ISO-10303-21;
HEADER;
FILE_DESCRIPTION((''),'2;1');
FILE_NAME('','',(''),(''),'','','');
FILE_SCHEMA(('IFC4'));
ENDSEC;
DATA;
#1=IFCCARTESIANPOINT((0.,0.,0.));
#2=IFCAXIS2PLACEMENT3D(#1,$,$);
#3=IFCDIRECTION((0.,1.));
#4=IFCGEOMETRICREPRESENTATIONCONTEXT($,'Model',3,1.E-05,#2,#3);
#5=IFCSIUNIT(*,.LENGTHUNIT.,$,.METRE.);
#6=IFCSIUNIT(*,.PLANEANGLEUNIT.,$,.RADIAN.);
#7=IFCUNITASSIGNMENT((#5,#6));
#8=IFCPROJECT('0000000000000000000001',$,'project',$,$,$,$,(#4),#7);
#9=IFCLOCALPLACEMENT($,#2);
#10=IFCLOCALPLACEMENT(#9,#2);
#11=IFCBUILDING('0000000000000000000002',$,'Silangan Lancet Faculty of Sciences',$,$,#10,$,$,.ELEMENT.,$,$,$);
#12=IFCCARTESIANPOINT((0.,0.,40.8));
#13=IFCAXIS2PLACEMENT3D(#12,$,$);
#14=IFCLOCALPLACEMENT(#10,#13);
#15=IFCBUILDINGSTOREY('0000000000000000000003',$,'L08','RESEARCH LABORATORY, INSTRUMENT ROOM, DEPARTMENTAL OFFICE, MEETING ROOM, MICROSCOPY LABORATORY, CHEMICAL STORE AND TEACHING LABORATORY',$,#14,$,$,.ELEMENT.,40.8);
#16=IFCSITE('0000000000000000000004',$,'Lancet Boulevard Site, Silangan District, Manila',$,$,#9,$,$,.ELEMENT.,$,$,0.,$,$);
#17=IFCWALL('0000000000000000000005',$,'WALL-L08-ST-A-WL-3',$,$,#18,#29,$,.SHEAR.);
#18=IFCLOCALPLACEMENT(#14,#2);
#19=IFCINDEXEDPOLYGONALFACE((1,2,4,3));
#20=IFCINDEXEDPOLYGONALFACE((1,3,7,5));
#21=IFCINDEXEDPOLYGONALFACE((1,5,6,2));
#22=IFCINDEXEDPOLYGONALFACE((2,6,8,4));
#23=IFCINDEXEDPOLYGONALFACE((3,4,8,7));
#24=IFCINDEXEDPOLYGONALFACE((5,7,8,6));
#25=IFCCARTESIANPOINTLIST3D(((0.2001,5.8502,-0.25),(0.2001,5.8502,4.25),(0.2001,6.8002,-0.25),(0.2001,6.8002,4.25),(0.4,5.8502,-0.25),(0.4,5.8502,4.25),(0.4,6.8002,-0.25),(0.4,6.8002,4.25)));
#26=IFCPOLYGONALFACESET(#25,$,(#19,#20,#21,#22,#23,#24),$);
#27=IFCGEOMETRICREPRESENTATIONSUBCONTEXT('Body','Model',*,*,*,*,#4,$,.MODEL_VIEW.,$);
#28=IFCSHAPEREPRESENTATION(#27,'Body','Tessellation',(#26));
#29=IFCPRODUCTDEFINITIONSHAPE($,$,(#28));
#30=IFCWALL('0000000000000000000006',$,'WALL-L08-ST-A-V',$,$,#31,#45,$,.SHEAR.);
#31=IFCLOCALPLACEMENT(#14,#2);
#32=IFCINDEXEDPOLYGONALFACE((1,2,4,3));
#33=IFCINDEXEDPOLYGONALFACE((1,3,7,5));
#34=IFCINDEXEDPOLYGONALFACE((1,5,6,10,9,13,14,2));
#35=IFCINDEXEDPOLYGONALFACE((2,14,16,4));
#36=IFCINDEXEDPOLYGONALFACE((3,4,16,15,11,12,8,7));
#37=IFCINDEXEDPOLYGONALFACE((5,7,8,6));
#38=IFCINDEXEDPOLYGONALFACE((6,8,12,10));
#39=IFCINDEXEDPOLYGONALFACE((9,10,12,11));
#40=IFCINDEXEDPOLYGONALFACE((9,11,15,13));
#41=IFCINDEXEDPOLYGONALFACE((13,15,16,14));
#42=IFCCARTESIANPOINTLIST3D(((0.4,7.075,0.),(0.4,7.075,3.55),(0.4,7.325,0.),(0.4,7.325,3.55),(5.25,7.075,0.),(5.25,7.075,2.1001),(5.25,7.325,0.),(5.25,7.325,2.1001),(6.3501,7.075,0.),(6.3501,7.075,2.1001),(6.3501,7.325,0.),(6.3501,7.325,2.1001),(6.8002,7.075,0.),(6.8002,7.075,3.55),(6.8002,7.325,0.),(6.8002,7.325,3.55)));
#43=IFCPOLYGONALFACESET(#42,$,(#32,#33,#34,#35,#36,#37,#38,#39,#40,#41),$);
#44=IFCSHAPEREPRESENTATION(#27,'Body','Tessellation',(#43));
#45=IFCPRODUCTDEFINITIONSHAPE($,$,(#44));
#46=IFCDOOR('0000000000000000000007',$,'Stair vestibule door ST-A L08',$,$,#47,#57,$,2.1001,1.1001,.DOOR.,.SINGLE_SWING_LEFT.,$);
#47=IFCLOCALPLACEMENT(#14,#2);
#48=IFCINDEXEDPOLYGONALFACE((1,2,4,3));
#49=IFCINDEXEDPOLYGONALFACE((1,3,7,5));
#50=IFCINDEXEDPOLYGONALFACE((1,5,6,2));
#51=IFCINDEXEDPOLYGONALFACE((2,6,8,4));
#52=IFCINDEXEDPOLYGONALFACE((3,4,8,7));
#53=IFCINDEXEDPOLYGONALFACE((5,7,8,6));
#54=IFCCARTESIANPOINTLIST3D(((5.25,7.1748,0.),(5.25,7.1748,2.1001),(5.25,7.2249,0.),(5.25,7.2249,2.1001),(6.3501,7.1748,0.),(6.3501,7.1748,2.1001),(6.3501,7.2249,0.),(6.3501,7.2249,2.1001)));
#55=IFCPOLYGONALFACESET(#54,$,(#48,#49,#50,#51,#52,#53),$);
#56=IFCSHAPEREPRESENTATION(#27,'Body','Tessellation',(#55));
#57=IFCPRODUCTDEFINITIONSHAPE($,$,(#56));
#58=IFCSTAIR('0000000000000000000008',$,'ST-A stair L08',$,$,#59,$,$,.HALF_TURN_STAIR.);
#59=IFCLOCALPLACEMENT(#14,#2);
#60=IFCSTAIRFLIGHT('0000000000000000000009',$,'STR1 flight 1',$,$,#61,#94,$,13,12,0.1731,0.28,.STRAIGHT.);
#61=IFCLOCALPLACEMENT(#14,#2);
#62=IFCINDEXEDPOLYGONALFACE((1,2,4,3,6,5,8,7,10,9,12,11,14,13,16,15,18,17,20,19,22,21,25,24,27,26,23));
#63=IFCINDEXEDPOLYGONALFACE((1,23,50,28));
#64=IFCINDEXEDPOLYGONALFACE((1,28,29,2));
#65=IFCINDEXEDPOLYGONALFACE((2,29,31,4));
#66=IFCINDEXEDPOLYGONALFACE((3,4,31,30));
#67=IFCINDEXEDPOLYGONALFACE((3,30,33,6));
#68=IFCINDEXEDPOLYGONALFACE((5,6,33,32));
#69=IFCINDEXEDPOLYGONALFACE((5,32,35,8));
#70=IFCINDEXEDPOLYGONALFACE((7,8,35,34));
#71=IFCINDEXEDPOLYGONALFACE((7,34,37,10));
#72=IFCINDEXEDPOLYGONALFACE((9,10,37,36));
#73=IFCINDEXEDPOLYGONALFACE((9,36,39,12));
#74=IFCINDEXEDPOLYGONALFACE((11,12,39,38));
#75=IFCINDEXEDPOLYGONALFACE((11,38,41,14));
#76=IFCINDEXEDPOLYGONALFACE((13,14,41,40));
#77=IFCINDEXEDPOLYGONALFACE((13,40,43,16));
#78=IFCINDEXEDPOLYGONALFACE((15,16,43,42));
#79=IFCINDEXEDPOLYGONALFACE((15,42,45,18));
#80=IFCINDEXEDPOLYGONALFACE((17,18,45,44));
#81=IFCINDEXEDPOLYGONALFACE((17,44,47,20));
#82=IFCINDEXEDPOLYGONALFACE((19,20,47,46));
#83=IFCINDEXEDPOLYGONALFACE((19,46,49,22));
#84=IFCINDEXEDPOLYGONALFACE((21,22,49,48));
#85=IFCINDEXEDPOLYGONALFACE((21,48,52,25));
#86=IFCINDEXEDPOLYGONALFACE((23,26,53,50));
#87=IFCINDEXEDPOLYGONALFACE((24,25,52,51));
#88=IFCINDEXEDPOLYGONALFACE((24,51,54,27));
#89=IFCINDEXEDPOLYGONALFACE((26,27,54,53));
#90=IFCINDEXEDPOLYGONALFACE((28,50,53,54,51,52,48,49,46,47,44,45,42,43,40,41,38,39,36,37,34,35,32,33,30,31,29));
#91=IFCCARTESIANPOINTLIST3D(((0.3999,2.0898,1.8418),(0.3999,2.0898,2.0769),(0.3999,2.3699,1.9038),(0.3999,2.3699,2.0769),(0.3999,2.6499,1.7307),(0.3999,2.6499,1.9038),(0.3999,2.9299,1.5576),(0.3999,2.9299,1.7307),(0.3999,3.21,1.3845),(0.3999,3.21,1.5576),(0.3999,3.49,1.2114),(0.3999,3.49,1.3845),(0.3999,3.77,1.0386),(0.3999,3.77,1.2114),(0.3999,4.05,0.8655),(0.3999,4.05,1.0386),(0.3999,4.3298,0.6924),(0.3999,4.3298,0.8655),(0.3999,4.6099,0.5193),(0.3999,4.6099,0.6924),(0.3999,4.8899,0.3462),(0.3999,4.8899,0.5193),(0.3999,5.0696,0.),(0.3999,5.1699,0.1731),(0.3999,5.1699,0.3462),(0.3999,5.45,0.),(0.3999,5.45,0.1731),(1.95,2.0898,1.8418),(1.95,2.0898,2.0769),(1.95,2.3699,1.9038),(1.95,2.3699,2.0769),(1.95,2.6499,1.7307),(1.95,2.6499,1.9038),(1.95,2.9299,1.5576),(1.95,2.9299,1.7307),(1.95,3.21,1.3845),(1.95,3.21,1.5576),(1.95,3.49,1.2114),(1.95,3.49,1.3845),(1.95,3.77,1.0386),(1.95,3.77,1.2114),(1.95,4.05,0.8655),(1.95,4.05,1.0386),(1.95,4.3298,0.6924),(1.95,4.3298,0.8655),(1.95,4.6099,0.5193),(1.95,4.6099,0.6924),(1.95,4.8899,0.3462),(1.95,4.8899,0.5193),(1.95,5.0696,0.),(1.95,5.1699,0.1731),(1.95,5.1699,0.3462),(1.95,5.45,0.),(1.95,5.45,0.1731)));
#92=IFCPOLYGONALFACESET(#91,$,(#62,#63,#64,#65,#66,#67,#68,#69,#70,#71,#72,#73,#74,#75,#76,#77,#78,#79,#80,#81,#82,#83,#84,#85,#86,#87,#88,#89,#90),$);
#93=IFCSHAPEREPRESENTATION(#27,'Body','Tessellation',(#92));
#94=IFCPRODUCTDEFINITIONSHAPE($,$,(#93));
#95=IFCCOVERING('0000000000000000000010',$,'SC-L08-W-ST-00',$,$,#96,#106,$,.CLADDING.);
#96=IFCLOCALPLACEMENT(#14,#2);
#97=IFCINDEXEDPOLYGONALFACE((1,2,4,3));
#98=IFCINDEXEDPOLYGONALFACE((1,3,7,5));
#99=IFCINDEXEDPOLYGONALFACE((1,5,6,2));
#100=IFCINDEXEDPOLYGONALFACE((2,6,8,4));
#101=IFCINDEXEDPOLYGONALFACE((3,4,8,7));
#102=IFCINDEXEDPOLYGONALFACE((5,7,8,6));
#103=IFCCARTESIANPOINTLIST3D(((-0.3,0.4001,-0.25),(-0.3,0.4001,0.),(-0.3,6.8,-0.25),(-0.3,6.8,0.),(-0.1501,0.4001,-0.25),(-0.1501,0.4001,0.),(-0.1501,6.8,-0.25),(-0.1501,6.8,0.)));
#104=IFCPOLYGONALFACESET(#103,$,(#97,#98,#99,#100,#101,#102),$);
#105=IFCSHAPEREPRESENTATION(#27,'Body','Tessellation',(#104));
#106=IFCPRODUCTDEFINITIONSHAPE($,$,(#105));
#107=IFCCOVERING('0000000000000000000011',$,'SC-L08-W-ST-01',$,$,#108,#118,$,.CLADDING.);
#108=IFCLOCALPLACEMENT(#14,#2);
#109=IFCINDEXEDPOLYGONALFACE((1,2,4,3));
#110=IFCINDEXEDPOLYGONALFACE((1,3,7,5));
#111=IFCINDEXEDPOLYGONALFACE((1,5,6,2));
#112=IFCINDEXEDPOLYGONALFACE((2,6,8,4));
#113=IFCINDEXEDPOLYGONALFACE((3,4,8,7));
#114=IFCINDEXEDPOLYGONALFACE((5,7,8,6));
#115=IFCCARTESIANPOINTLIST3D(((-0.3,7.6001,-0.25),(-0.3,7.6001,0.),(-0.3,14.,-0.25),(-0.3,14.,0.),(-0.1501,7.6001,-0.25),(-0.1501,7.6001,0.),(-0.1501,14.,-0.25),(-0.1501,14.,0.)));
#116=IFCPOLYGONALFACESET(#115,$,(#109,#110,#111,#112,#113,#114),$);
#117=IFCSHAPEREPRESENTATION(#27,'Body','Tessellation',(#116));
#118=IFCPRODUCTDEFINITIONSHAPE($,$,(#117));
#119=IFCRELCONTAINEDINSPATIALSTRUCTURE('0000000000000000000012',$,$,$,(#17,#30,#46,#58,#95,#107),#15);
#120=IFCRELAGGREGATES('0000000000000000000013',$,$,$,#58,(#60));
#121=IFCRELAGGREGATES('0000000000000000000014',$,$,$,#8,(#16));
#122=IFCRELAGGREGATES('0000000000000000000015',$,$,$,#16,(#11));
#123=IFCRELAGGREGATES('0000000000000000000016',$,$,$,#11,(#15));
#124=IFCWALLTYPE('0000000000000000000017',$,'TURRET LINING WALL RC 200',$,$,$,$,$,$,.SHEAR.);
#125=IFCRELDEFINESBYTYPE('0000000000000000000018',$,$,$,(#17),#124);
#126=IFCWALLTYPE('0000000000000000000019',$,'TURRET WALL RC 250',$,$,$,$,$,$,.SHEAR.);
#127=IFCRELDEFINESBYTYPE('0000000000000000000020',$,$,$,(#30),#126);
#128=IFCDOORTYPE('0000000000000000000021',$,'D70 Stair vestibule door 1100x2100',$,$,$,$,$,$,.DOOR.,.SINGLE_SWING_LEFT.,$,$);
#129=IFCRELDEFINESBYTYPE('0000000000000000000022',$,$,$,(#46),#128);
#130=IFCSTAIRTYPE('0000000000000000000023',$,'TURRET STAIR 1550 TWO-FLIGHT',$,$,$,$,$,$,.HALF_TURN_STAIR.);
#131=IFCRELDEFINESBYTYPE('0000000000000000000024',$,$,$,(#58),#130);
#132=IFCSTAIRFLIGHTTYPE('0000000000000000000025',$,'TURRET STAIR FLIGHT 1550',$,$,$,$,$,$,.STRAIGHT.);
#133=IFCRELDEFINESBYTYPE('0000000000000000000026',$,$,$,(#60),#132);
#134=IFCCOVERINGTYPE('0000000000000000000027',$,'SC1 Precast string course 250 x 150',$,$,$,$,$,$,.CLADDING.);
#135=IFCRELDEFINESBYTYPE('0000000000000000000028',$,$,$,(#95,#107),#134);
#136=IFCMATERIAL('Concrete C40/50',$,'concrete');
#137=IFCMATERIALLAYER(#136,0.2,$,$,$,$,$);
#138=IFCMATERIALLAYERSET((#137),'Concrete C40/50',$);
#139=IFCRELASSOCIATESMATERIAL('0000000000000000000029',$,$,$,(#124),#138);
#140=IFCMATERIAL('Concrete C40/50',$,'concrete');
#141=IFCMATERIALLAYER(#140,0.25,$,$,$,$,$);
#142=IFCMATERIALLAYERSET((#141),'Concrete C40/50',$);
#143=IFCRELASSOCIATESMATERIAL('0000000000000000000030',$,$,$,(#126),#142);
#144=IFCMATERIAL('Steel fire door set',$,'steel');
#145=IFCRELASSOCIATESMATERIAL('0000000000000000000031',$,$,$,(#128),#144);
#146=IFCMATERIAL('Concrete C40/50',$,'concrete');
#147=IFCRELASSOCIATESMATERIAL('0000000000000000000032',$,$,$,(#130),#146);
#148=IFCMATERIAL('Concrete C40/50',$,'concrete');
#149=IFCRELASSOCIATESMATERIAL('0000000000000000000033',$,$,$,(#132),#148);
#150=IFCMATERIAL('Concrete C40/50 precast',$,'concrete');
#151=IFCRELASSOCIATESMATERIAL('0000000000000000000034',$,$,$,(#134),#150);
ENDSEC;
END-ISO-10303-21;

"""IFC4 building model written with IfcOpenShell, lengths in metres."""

from ifc_helpers import new_model, si_unit, direction, frame, frame_2d, origin, origin_2d, place, context, subcontext, project, spatial, polyline, rectangle, outline, extrude, material, layer, layer_set, type_object, element, fill, aggregate, save


model = new_model("IFC4")

# Units and contexts
model_context = context("Model", 3, precision=1e-05, world=origin(), true_north=direction((0.0, 1.0)))
body_context = subcontext(model_context, "Body", "Model", "MODEL_VIEW")
ifc_project = project(units=[si_unit("LENGTHUNIT", "METRE"), si_unit("PLANEANGLEUNIT", "RADIAN")], contexts=[model_context])

# Site, building, storey
site_placement = place(None, origin())
site = spatial("IfcSite", under=ifc_project, at=site_placement, Name="Lancet Boulevard Site, Silangan District, Manila", CompositionType="ELEMENT", RefElevation=0.0)
building_placement = place(site_placement, origin())
building = spatial("IfcBuilding", under=site, at=building_placement, Name="Silangan Lancet Faculty of Sciences", CompositionType="ELEMENT")
storey_placement = place(building_placement, frame((0.0, 0.0, 40.8)))
storey = spatial("IfcBuildingStorey", under=building, at=storey_placement, Name="L08", Description="RESEARCH LABORATORY, INSTRUMENT ROOM, DEPARTMENTAL OFFICE, MEETING ROOM, MICROSCOPY LABORATORY, CHEMICAL STORE AND TEACHING LABORATORY", CompositionType="ELEMENT", Elevation=40.8)

# Wall
ifc_material_1 = material(Name="Concrete C40/50", Category="concrete")
ifc_layer_1 = layer(ifc_material_1, 0.2)
ifc_layer_set_1 = layer_set([ifc_layer_1], Name="Concrete C40/50")
wall_type_1 = type_object("IfcWallType", Name="TURRET LINING WALL RC 200", PredefinedType="SHEAR", material=ifc_layer_set_1)
wall_1_placement = place(storey_placement, frame((0.3, 5.8501, -0.25), z_axis=(0.0, 0.0, 1.0), x_axis=(0.0, 1.0, 0.0)))
element("IfcWall", 1, at=wall_1_placement, inside=storey, type_object=wall_type_1, Name="WALL-L08-ST-A-WL-3", PredefinedType="SHEAR", context=body_context, shape_type="SweptSolid", body=[
    extrude(rectangle(XDim=0.95, YDim=0.2, at=frame_2d((0.4751, 0.0))), origin(), (0.0, 0.0, 1.0), 4.5),
])

# Wall, opening, door
ifc_material_2 = material(Name="Concrete C40/50", Category="concrete")
ifc_layer_2 = layer(ifc_material_2, 0.25)
ifc_layer_set_2 = layer_set([ifc_layer_2], Name="Concrete C40/50")
wall_type_2 = type_object("IfcWallType", Name="TURRET WALL RC 250", PredefinedType="SHEAR", material=ifc_layer_set_2)
wall_2_placement = place(storey_placement, frame((0.3999, 7.2, 0.0), z_axis=(0.0, 0.0, 1.0), x_axis=(1.0, 0.0, 0.0)))
wall_2 = element("IfcWall", 2, at=wall_2_placement, inside=storey, type_object=wall_type_2, Name="WALL-L08-ST-A-V", PredefinedType="SHEAR", context=body_context, shape_type="SweptSolid", body=[
    extrude(rectangle(XDim=6.4001, YDim=0.25, at=frame_2d((3.2002, 0.0))), origin(), (0.0, 0.0, 1.0), 3.55),
])
opening_1_placement = place(wall_2_placement, frame((4.8501, 0.0, 0.0)))
opening_1 = element("IfcOpeningElement", 3, at=opening_1_placement, cuts=wall_2, PredefinedType="OPENING", context=body_context, shape_type="SweptSolid", body=[
    extrude(rectangle(XDim=1.1001, YDim=2.1001, at=frame_2d((0.55, 1.05))), frame((0.0, 0.135, 0.0), z_axis=(0.0, -1.0, 0.0), x_axis=(1.0, 0.0, 0.0)), (0.0, 0.0, 1.0), 0.27),
])
ifc_material_3 = material(Name="Steel fire door set", Category="steel")
door_type_1 = type_object("IfcDoorType", Name="D70 Stair vestibule door 1100x2100", OperationType="SINGLE_SWING_LEFT", PredefinedType="DOOR", material=ifc_material_3)
door_1_placement = place(opening_1_placement, frame((1.1001, 0.0, 0.0), z_axis=(0.0, 0.0, 1.0), x_axis=(-1.0, 0.0, 0.0)))
door_1 = element("IfcDoor", 4, at=door_1_placement, inside=storey, type_object=door_type_1, Name="Stair vestibule door ST-A L08", OperationType="SINGLE_SWING_LEFT", OverallHeight=2.1001, OverallWidth=1.1001, PredefinedType="DOOR", context=body_context, shape_type="SweptSolid", body=[
    extrude(rectangle(XDim=1.1001, YDim=2.1001, at=frame_2d((0.55, 1.05))), frame((0.0, 0.0251, 0.0), z_axis=(0.0, -1.0, 0.0), x_axis=(1.0, 0.0, 0.0)), (0.0, 0.0, 1.0), 0.05),
])
fill(opening_1, door_1)

# Stair, stair flight
ifc_material_4 = material(Name="Concrete C40/50", Category="concrete")
stair_type = type_object("IfcStairType", Name="TURRET STAIR 1550 TWO-FLIGHT", PredefinedType="HALF_TURN_STAIR", material=ifc_material_4)
stair_placement = place(storey_placement, origin())
stair = element("IfcStair", 5, at=stair_placement, inside=storey, type_object=stair_type, Name="ST-A stair L08", PredefinedType="HALF_TURN_STAIR")
ifc_material_5 = material(Name="Concrete C40/50", Category="concrete")
stair_flight_type = type_object("IfcStairFlightType", Name="TURRET STAIR FLIGHT 1550", PredefinedType="STRAIGHT", material=ifc_material_5)
stair_flight_placement = place(storey_placement, frame((1.175, 5.45, 0.0), z_axis=(0.0, 0.0, 1.0), x_axis=(0.0, -1.0, 0.0)))
stair_flight = element("IfcStairFlight", 6, at=stair_flight_placement, type_object=stair_flight_type, Name="STR1 flight 1", NumberOfRisers=13, NumberOfTreads=12, PredefinedType="STRAIGHT", RiserHeight=0.1731, TreadLength=0.28, context=body_context, shape_type="SweptSolid", body=[
    extrude(outline(polyline([(0.0, 0.0), (0.0, 0.1731), (0.28, 0.1731), (0.28, 0.3462), (0.5601, 0.3462), (0.5601, 0.5193), (0.8401, 0.5193), (0.8401, 0.6924), (1.1201, 0.6924), (1.1201, 0.8655), (1.3999, 0.8655), (1.3999, 1.0386), (1.6799, 1.0386), (1.6799, 1.2114), (1.96, 1.2114), (1.96, 1.3845), (2.24, 1.3845), (2.24, 1.5576), (2.52, 1.5576), (2.52, 1.7307), (2.8, 1.7307), (2.8, 1.9038), (3.0801, 1.9038), (3.0801, 2.0769), (3.3601, 2.0769), (3.3601, 2.25), (3.3601, 1.8418), (0.3804, 0.0), (0.0, 0.0)])), frame((0.0, 0.7749, 0.0), z_axis=(0.0, -1.0, 0.0), x_axis=(1.0, 0.0, 0.0)), (0.0, 0.0, 1.0), 1.55),
])
aggregate(stair, [stair_flight])

# Coverings
ifc_material_6 = material(Name="Concrete C40/50 precast", Category="concrete")
covering_type = type_object("IfcCoveringType", Name="SC1 Precast string course 250 x 150", PredefinedType="CLADDING", material=ifc_material_6)
for number, where, z_axis, x_axis, name in (
    (7, (-0.2251, 3.6001, -0.25), (0.0, 0.0, 1.0), (1.0, 0.0, 0.0), "SC-L08-W-ST-00"),
    (8, (-0.2251, 10.8, -0.25), (0.0, 0.0, 1.0), (1.0, 0.0, 0.0), "SC-L08-W-ST-01"),
):
    element("IfcCovering", number, at=place(storey_placement, frame(where, z_axis=z_axis, x_axis=x_axis)), inside=storey, type_object=covering_type, Name=name, PredefinedType="CLADDING", context=body_context, shape_type="SweptSolid", body=[
        extrude(rectangle(XDim=0.1499, YDim=6.3999, at=origin_2d()), origin(), (0.0, 0.0, 1.0), 0.25),
    ])

save(model, "model.ifc")
